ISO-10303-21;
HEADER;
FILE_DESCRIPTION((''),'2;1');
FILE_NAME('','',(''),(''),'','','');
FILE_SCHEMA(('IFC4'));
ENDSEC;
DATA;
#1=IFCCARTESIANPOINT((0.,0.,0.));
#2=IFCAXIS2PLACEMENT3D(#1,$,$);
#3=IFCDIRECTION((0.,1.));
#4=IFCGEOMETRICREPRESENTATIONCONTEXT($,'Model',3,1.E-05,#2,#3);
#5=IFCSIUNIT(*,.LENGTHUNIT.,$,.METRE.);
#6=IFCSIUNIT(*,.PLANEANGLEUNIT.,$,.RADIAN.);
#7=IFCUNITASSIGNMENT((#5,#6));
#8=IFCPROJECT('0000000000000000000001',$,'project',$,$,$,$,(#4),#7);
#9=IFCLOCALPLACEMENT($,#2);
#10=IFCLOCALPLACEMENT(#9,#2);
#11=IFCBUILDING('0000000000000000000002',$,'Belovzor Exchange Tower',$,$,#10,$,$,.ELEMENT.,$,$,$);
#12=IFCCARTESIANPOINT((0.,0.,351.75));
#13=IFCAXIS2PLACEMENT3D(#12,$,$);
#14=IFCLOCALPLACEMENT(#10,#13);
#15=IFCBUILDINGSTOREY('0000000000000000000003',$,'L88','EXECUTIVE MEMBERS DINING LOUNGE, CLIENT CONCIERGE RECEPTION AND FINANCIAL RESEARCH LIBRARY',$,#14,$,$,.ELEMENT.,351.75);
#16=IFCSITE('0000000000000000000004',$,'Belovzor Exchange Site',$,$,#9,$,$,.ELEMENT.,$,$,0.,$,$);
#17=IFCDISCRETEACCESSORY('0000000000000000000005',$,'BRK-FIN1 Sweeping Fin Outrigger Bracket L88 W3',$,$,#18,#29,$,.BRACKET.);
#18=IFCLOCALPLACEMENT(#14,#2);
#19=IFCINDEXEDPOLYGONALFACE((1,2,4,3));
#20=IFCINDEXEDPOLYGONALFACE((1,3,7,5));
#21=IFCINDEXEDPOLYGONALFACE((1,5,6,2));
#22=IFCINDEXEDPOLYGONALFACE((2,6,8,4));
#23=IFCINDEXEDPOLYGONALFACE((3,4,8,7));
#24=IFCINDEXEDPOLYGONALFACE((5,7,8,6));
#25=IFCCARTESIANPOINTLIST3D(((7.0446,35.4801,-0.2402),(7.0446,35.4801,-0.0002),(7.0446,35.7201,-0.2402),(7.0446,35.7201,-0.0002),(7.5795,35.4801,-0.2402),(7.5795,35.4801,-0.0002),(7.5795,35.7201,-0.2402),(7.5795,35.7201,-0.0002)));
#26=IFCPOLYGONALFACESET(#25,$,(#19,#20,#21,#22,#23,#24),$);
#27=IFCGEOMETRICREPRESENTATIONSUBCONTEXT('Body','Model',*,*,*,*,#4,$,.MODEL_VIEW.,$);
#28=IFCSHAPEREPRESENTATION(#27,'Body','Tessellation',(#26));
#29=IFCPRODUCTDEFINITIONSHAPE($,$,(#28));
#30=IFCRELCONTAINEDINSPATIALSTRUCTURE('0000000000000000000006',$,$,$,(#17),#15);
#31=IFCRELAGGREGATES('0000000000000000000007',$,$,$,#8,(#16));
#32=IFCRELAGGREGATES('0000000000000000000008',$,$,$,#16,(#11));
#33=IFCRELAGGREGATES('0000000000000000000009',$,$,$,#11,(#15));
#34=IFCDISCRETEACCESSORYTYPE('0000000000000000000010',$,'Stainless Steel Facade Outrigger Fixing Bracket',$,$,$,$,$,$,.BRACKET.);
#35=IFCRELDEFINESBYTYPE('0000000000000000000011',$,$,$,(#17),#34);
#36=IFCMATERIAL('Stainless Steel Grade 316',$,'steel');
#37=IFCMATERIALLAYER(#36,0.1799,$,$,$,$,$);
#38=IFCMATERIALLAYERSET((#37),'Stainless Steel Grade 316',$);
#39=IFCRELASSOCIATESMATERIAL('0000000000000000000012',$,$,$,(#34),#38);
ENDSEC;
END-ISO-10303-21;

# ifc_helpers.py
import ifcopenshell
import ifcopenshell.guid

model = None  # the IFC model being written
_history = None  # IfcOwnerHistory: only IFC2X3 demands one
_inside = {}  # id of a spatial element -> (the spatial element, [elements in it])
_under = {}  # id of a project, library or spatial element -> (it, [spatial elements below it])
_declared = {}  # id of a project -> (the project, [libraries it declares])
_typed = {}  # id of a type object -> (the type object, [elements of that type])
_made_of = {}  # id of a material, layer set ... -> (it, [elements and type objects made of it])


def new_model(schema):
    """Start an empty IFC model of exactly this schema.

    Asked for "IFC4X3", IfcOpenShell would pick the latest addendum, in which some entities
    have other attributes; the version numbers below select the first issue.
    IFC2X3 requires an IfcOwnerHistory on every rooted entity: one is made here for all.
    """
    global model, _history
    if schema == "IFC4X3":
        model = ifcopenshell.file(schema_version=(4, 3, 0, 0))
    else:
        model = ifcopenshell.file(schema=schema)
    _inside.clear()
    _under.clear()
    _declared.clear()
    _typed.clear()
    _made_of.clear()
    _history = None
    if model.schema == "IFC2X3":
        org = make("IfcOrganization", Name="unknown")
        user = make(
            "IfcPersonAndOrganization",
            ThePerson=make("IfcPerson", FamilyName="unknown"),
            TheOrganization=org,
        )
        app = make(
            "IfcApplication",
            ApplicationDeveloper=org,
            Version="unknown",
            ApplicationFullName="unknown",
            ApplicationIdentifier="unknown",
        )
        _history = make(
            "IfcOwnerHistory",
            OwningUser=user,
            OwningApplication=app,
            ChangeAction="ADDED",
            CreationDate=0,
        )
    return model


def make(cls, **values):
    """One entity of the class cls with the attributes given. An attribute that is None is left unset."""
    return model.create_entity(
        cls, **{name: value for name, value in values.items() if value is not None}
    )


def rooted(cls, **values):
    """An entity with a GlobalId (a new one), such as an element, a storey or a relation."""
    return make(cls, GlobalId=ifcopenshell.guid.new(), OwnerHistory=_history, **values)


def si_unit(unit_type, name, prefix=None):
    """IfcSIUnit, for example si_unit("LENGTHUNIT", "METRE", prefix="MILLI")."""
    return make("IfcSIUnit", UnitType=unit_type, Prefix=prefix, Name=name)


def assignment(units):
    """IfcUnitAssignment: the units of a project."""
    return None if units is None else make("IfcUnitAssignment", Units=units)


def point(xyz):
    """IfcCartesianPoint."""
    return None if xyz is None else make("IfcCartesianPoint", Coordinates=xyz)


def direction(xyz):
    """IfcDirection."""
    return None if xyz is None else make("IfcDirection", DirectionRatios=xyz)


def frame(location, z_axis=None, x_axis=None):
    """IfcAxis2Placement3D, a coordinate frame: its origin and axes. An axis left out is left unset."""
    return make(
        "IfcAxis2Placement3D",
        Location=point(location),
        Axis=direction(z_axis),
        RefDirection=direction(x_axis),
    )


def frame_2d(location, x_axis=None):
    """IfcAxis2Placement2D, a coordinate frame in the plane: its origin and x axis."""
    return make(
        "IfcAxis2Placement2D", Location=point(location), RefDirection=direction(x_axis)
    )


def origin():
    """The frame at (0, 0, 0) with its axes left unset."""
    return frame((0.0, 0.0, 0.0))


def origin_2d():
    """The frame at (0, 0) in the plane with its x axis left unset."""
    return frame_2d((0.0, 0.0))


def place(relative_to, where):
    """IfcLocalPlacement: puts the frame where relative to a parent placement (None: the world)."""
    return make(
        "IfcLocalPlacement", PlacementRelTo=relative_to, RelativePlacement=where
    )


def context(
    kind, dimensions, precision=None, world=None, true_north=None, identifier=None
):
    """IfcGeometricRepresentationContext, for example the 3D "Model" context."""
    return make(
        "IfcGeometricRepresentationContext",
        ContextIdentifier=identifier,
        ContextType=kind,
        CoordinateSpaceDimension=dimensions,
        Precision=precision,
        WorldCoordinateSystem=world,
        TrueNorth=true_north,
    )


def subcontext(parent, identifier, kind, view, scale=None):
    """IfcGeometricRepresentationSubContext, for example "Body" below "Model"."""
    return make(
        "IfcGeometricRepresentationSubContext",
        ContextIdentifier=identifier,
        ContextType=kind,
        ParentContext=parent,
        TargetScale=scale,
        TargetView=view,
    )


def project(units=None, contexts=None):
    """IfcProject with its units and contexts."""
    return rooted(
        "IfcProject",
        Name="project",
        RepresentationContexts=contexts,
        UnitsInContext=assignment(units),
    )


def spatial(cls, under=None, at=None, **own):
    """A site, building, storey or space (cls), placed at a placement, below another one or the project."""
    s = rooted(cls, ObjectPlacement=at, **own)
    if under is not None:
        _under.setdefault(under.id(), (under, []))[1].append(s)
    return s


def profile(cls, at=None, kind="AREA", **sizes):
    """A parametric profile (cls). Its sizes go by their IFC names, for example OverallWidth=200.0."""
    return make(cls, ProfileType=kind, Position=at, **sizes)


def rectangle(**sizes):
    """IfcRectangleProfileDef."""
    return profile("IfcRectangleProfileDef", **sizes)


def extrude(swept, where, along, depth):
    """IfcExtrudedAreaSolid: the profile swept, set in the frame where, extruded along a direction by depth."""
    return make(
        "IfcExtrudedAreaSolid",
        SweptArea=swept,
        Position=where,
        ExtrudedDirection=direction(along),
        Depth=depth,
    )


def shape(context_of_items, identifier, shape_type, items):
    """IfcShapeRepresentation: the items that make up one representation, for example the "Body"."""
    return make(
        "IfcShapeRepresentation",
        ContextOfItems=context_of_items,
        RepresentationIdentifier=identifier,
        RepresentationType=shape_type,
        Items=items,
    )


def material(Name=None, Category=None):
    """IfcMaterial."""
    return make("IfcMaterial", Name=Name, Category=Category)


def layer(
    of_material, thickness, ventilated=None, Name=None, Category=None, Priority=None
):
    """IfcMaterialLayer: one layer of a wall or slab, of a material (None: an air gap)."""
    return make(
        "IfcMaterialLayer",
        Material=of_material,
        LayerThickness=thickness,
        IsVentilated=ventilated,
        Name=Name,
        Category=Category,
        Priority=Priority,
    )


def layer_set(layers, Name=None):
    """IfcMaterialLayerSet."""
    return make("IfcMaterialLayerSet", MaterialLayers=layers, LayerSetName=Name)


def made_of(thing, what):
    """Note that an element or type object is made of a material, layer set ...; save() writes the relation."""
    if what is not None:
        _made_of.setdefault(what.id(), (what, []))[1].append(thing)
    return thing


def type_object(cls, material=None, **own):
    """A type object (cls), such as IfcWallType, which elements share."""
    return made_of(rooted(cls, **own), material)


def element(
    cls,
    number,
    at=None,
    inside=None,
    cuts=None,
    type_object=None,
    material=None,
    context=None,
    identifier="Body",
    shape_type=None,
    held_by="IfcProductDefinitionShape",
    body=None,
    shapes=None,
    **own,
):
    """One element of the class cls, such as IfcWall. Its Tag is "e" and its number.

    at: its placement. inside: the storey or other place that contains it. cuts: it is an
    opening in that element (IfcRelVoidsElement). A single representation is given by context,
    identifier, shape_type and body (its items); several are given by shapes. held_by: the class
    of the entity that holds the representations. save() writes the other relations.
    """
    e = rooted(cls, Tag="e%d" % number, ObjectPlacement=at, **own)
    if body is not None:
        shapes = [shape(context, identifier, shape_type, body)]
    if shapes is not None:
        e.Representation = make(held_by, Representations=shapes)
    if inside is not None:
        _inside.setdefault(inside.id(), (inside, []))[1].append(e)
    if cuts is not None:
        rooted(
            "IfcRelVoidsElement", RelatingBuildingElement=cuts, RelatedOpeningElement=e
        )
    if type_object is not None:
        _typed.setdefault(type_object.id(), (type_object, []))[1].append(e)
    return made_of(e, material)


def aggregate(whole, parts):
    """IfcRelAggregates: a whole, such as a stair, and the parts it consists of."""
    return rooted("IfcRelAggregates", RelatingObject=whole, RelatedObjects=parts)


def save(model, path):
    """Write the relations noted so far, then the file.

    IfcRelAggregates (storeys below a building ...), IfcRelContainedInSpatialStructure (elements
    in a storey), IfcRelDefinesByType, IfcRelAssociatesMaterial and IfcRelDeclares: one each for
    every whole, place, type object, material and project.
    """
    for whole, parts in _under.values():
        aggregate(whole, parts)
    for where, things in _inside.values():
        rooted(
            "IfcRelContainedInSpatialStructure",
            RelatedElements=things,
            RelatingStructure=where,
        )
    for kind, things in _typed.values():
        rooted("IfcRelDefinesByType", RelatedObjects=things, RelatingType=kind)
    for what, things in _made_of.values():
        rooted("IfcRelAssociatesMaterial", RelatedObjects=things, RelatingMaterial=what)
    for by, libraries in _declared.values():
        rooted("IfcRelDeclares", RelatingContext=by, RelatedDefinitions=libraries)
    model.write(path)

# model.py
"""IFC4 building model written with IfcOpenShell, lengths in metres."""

from ifc_helpers import new_model, si_unit, direction, frame, origin, origin_2d, place, context, subcontext, project, spatial, rectangle, extrude, material, layer, layer_set, type_object, element, save


model = new_model("IFC4")

# Units and contexts
model_context = context("Model", 3, precision=1e-05, world=origin(), true_north=direction((0.0, 1.0)))
body_context = subcontext(model_context, "Body", "Model", "MODEL_VIEW")
ifc_project = project(units=[si_unit("LENGTHUNIT", "METRE"), si_unit("PLANEANGLEUNIT", "RADIAN")], contexts=[model_context])

# Site, building, storey
site_placement = place(None, origin())
site = spatial("IfcSite", under=ifc_project, at=site_placement, Name="Belovzor Exchange Site", CompositionType="ELEMENT", RefElevation=0.0)
building_placement = place(site_placement, origin())
building = spatial("IfcBuilding", under=site, at=building_placement, Name="Belovzor Exchange Tower", CompositionType="ELEMENT")
storey_placement = place(building_placement, frame((0.0, 0.0, 351.75)))
storey = spatial("IfcBuildingStorey", under=building, at=storey_placement, Name="L88", Description="EXECUTIVE MEMBERS DINING LOUNGE, CLIENT CONCIERGE RECEPTION AND FINANCIAL RESEARCH LIBRARY", CompositionType="ELEMENT", Elevation=351.75)

# Discrete accessory
ifc_material_1 = material(Name="Stainless Steel Grade 316", Category="steel")
ifc_layer_1 = layer(ifc_material_1, 0.1799)
ifc_layer_set_1 = layer_set([ifc_layer_1], Name="Stainless Steel Grade 316")
discrete_accessory_type = type_object("IfcDiscreteAccessoryType", Name="Stainless Steel Facade Outrigger Fixing Bracket", PredefinedType="BRACKET", material=ifc_layer_set_1)
discrete_accessory_placement = place(storey_placement, frame((7.312, 35.6001, -0.2402), z_axis=(0.0, 0.0, 1.0), x_axis=(1.0, 0.0, 0.0)))
element("IfcDiscreteAccessory", 1, at=discrete_accessory_placement, inside=storey, type_object=discrete_accessory_type, Name="BRK-FIN1 Sweeping Fin Outrigger Bracket L88 W3", PredefinedType="BRACKET", context=body_context, shape_type="SweptSolid", body=[
    extrude(rectangle(XDim=0.5349, YDim=0.24, at=origin_2d()), origin(), (0.0, 0.0, 1.0), 0.24),
])

save(model, "model.ifc")
